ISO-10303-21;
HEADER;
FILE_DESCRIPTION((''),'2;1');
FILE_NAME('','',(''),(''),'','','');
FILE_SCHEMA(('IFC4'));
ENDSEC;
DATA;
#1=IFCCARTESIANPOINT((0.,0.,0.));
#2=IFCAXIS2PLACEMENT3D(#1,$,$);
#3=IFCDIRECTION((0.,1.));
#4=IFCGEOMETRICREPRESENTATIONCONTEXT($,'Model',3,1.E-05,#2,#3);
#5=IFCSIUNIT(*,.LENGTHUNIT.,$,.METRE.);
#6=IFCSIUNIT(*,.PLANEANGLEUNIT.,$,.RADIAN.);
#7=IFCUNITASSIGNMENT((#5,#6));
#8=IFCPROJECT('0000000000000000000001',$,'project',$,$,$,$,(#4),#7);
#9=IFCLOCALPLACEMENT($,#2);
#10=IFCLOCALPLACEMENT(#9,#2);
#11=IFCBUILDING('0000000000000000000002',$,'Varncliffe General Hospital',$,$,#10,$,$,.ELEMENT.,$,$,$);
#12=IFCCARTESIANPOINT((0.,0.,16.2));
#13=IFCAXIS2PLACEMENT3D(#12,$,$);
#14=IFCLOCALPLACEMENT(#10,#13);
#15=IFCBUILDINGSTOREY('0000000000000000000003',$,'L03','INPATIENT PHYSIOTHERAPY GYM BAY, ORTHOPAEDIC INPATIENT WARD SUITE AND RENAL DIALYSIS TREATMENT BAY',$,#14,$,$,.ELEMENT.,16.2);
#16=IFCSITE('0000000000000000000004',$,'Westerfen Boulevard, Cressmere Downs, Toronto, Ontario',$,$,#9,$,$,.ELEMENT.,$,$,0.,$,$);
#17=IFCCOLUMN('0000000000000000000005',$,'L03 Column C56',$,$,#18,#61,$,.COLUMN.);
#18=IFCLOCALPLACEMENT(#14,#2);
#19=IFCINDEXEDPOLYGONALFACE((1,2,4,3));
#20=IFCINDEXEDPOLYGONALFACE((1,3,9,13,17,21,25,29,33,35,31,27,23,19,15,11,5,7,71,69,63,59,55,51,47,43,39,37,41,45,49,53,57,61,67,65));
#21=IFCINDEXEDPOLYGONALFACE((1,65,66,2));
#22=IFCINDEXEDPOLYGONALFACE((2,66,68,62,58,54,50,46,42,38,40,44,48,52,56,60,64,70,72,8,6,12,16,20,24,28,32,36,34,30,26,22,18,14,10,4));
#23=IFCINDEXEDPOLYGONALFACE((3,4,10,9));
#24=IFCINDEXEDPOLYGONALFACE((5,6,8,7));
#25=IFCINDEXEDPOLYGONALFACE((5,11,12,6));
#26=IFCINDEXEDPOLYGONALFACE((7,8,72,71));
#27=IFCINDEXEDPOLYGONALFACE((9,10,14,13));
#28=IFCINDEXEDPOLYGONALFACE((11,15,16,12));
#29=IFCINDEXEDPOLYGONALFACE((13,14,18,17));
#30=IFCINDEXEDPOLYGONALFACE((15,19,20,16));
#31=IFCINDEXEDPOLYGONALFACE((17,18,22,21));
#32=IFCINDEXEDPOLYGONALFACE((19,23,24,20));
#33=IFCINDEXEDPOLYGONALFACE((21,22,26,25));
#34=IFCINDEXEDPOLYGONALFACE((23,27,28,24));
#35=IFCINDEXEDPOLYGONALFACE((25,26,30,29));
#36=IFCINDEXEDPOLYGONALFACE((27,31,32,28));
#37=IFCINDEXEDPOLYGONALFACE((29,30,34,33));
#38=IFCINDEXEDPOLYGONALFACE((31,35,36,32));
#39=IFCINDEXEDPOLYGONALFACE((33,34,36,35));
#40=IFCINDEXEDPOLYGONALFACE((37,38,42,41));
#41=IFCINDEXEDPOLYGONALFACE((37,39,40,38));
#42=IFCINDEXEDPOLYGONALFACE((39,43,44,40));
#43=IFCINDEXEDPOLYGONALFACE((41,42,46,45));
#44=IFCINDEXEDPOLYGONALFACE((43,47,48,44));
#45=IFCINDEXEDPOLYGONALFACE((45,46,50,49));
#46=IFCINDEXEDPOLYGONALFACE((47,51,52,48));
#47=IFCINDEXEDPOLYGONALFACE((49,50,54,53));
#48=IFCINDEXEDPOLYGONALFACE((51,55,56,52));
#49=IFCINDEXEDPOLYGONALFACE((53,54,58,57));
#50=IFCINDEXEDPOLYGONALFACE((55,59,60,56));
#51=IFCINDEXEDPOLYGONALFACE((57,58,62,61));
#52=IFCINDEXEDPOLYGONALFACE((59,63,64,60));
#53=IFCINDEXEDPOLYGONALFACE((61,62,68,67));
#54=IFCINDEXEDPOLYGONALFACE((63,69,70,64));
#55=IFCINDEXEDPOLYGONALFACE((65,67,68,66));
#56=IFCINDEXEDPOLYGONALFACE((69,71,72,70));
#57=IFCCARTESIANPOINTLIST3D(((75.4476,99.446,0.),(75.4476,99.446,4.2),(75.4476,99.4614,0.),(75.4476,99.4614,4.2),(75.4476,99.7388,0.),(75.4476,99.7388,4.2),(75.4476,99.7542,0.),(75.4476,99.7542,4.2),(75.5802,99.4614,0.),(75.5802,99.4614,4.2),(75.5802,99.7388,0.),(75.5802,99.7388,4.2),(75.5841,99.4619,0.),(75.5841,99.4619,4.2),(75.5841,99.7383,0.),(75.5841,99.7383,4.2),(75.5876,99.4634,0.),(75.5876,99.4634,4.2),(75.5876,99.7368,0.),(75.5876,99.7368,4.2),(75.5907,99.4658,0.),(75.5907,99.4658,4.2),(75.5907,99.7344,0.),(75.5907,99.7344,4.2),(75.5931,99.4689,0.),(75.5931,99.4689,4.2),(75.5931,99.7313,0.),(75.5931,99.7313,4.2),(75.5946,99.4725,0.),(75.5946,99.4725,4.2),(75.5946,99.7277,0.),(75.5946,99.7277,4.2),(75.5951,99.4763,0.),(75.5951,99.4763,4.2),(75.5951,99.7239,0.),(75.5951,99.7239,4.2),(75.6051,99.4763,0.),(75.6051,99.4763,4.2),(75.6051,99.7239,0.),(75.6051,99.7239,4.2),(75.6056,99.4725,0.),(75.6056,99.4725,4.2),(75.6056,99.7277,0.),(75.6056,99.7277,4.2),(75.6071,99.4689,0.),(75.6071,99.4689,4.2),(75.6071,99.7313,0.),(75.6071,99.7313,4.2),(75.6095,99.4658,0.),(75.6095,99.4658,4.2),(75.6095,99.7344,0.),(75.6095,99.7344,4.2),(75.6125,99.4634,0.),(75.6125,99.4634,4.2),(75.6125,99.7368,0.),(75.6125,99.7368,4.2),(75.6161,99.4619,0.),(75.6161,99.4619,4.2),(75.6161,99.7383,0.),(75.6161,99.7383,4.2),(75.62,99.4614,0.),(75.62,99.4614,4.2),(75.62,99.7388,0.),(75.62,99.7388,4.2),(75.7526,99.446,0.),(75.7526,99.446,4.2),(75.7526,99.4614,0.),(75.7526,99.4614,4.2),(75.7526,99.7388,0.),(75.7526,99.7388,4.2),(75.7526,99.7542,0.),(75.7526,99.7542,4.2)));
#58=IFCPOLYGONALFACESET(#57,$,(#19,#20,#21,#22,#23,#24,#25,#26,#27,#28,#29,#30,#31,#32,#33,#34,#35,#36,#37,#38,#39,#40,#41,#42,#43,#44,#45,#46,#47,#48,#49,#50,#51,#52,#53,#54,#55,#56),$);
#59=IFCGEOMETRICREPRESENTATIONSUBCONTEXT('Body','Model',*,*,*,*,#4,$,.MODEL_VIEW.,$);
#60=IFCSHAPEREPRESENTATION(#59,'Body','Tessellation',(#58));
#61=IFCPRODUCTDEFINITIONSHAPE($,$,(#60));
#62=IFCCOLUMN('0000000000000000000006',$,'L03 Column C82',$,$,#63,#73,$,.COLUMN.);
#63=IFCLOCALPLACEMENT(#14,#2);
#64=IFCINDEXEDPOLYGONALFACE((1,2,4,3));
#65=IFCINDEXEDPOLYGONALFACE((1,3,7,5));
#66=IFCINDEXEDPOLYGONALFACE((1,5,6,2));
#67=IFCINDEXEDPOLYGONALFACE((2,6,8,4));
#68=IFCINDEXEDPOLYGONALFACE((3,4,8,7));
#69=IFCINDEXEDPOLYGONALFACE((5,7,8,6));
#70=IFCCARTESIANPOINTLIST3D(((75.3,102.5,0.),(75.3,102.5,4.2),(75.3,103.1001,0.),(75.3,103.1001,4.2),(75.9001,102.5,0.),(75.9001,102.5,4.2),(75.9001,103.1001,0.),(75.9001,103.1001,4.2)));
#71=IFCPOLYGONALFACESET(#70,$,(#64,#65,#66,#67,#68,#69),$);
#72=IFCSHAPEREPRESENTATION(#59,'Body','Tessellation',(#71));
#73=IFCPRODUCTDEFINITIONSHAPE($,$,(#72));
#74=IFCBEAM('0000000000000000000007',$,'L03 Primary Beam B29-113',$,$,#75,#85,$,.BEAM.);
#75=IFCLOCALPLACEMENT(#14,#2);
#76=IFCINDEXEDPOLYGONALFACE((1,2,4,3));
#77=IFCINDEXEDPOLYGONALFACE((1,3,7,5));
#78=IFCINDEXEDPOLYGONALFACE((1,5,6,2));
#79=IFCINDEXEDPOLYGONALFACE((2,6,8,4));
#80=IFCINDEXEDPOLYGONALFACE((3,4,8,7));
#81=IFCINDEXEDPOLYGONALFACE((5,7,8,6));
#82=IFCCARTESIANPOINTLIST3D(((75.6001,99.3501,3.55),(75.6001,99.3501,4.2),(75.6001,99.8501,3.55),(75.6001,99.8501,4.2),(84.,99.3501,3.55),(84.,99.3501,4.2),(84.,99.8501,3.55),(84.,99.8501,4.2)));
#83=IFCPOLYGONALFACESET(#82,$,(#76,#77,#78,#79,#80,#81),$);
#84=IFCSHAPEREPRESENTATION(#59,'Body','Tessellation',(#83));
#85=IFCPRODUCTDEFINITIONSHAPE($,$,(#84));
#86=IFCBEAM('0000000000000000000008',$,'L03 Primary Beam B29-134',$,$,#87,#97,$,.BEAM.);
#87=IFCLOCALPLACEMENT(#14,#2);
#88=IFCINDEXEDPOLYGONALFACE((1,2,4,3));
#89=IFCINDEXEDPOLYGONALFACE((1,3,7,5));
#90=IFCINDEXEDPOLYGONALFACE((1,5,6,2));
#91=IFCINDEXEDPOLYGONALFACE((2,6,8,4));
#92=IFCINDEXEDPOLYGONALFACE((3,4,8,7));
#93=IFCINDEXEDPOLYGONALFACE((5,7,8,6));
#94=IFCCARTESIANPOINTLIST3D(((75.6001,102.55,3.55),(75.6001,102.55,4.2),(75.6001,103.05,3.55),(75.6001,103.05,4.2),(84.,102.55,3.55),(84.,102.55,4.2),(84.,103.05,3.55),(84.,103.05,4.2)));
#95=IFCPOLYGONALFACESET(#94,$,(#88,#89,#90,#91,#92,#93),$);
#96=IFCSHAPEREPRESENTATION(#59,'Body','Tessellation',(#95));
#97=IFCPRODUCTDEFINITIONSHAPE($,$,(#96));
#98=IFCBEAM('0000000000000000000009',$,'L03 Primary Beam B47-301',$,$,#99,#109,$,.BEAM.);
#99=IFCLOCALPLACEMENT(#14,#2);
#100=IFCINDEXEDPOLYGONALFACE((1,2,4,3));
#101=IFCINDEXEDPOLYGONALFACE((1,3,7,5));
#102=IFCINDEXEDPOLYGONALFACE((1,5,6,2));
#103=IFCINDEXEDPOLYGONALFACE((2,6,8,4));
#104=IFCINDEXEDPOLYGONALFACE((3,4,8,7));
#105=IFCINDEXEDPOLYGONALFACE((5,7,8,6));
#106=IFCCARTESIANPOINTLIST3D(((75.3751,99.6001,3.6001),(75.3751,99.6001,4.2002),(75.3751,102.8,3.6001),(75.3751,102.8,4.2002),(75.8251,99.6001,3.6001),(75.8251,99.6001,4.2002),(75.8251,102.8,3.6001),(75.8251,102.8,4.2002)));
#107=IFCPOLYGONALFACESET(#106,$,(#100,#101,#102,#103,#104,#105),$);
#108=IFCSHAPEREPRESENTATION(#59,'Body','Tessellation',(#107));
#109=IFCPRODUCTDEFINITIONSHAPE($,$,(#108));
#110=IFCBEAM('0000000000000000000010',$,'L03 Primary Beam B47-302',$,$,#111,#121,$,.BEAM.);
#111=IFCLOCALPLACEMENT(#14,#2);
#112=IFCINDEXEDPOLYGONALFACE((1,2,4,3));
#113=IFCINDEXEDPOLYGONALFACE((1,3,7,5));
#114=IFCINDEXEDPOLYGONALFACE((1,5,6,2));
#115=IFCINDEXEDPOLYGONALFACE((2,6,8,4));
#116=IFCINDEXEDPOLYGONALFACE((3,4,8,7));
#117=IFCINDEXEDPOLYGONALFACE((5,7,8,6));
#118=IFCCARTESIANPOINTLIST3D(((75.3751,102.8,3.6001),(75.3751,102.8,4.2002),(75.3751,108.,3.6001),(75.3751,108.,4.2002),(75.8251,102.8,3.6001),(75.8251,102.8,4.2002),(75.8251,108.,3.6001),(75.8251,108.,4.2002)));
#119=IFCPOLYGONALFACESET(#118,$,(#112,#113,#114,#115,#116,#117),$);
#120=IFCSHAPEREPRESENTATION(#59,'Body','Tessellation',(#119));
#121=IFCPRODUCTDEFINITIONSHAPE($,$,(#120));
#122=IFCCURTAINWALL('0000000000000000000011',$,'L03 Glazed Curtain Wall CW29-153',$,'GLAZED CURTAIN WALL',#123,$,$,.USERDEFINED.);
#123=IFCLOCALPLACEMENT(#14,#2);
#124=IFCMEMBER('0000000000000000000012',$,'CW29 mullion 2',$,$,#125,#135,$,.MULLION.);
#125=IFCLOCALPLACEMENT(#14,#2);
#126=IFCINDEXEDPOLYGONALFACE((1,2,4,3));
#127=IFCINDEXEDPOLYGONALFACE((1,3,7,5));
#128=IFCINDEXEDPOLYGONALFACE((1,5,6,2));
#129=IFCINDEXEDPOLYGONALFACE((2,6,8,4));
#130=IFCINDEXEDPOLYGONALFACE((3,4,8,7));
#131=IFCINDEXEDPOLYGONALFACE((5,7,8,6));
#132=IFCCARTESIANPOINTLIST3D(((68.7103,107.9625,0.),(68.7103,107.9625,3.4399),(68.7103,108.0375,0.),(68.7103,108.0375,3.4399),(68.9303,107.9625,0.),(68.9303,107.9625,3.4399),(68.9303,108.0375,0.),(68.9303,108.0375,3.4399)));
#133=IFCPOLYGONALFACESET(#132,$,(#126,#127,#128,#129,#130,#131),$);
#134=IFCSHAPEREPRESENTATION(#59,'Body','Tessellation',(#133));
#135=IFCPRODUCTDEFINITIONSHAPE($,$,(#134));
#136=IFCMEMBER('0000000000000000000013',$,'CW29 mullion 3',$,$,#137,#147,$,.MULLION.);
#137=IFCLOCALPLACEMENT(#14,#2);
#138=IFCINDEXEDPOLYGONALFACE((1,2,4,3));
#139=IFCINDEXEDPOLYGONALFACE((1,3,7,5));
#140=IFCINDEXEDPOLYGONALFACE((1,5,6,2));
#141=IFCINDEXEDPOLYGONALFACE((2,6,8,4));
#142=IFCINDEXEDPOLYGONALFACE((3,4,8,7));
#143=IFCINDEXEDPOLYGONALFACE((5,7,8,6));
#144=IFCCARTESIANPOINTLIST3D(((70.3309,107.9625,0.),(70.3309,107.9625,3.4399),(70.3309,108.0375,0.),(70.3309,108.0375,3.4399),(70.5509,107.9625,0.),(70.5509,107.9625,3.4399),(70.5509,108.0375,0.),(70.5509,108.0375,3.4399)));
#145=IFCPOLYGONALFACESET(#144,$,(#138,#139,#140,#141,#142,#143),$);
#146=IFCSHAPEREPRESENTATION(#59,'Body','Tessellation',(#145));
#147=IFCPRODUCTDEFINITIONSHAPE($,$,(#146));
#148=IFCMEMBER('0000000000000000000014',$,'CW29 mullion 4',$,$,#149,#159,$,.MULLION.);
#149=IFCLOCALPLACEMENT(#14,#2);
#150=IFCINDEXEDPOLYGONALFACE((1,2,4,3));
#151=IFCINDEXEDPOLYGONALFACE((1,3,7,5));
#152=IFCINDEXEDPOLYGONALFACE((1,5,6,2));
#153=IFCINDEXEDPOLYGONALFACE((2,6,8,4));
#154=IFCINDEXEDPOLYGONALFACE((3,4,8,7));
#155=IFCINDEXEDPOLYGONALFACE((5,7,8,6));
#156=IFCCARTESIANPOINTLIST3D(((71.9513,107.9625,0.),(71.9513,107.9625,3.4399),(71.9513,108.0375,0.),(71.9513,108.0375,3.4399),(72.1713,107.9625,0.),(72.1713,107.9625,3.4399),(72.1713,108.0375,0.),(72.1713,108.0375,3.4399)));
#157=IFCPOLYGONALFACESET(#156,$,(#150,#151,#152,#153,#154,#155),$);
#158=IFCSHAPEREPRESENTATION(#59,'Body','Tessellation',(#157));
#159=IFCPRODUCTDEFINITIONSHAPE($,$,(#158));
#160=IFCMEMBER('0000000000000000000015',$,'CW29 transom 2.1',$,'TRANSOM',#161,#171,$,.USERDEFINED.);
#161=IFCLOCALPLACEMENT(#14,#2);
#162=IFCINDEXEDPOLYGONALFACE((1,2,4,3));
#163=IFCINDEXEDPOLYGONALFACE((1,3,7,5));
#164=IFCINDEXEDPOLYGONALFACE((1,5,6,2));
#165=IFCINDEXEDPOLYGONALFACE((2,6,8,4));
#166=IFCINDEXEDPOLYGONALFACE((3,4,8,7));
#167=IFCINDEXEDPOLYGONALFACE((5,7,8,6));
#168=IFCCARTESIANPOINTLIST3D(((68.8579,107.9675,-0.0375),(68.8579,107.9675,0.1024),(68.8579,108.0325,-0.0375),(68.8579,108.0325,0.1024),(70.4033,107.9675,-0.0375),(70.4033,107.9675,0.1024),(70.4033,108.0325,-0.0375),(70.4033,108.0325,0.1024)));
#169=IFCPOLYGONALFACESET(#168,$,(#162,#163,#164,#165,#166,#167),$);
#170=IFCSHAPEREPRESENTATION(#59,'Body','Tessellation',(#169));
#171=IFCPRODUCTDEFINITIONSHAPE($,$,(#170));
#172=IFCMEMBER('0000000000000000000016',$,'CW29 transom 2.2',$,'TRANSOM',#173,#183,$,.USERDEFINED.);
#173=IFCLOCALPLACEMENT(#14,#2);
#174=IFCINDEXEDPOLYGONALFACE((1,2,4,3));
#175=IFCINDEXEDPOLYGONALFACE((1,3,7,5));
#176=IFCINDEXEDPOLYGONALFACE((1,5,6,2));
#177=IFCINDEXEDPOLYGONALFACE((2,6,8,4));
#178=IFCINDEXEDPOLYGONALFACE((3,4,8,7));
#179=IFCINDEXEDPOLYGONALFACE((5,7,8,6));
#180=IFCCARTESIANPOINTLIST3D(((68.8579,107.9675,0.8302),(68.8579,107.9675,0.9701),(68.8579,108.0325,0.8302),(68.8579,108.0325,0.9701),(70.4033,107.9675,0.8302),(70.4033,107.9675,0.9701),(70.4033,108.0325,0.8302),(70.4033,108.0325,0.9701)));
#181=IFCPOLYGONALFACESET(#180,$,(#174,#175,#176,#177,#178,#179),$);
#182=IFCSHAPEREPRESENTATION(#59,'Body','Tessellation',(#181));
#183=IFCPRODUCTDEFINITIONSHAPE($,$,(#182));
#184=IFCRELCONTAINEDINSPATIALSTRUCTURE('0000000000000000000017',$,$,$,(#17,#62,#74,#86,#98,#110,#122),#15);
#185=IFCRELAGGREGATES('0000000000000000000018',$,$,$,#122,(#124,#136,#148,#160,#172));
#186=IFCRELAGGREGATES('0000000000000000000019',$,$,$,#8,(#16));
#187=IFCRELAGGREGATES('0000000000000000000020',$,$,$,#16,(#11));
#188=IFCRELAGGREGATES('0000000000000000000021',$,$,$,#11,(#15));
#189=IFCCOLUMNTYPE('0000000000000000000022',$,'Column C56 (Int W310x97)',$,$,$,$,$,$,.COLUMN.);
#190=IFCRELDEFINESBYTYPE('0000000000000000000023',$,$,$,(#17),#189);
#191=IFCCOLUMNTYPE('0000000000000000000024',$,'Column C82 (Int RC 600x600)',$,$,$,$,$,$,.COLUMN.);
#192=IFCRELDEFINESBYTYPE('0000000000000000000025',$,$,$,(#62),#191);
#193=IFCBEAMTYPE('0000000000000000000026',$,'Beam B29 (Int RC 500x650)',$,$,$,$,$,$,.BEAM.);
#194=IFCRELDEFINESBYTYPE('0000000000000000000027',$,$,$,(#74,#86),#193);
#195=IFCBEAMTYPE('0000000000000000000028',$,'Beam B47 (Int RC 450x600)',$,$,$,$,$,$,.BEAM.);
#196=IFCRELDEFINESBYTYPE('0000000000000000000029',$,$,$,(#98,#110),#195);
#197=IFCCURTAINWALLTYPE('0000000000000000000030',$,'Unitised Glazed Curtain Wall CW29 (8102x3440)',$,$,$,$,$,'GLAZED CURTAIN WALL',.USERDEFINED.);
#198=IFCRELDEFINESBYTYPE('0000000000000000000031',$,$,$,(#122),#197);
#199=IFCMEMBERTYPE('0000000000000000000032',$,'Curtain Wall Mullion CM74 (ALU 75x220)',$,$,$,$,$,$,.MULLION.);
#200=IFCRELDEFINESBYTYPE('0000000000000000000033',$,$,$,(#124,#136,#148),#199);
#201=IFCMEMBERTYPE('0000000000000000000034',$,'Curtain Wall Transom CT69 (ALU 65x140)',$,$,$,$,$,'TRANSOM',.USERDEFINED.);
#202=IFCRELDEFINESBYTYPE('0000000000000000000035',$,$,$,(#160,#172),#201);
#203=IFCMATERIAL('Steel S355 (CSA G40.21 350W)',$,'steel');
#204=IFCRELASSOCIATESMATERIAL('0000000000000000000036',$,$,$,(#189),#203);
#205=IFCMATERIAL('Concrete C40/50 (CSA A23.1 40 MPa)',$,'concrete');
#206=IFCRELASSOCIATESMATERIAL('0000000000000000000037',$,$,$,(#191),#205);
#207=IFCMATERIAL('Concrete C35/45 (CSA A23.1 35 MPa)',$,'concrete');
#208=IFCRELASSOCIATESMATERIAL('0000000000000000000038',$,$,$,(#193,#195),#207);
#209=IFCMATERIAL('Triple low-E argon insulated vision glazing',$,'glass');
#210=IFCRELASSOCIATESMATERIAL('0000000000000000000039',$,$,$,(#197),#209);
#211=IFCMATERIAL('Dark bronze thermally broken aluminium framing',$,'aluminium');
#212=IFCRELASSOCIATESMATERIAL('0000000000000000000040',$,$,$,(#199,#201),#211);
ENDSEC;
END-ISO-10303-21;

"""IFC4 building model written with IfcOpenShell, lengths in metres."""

from ifc_helpers import new_model, si_unit, direction, frame, origin, origin_2d, place, context, subcontext, project, spatial, rectangle, i_section, extrude, material, material_profile, profile_set, type_object, element, aggregate, save


model = new_model("IFC4")

# Units and contexts
model_context = context("Model", 3, precision=1e-05, world=origin(), true_north=direction((0.0, 1.0)))
body_context = subcontext(model_context, "Body", "Model", "MODEL_VIEW")
ifc_project = project(units=[si_unit("LENGTHUNIT", "METRE"), si_unit("PLANEANGLEUNIT", "RADIAN")], contexts=[model_context])

# Site, building, storey
site_placement = place(None, origin())
site = spatial("IfcSite", under=ifc_project, at=site_placement, Name="Westerfen Boulevard, Cressmere Downs, Toronto, Ontario", CompositionType="ELEMENT", RefElevation=0.0)
building_placement = place(site_placement, origin())
building = spatial("IfcBuilding", under=site, at=building_placement, Name="Varncliffe General Hospital", CompositionType="ELEMENT")
storey_placement = place(building_placement, frame((0.0, 0.0, 16.2)))
storey = spatial("IfcBuildingStorey", under=building, at=storey_placement, Name="L03", Description="INPATIENT PHYSIOTHERAPY GYM BAY, ORTHOPAEDIC INPATIENT WARD SUITE AND RENAL DIALYSIS TREATMENT BAY", CompositionType="ELEMENT", Elevation=16.2)

# Columns
ifc_material_1 = material(Name="Steel S355 (CSA G40.21 350W)", Category="steel")
ifc_material_profile_1 = material_profile(ifc_material_1, i_section(OverallWidth=0.3049, OverallDepth=0.3081, WebThickness=0.01, FlangeThickness=0.0154, FilletRadius=0.0149, at=origin_2d()), Name="W310x97")
ifc_profile_set_1 = profile_set([ifc_material_profile_1], Name="Steel S355 (CSA G40.21 350W)")
column_type_1 = type_object("IfcColumnType", Name="Column C56 (Int W310x97)", PredefinedType="COLUMN", material=ifc_profile_set_1)
column_1_placement = place(storey_placement, frame((75.6001, 99.6001, 0.0), z_axis=(0.0, 0.0, 1.0), x_axis=(1.0, 0.0, 0.0)))
element("IfcColumn", 1, at=column_1_placement, inside=storey, type_object=column_type_1, Name="L03 Column C56", PredefinedType="COLUMN", context=body_context, shape_type="SweptSolid", body=[
    extrude(i_section(OverallWidth=0.3049, OverallDepth=0.3081, WebThickness=0.01, FlangeThickness=0.0154, FilletRadius=0.0149, at=origin_2d()), origin(), (0.0, 0.0, 1.0), 4.2),
])
ifc_material_2 = material(Name="Concrete C40/50 (CSA A23.1 40 MPa)", Category="concrete")
ifc_material_profile_2 = material_profile(ifc_material_2, rectangle(XDim=0.6001, YDim=0.6001, at=origin_2d()), Name="RC 600x600")
ifc_profile_set_2 = profile_set([ifc_material_profile_2], Name="Concrete C40/50 (CSA A23.1 40 MPa)")
column_type_2 = type_object("IfcColumnType", Name="Column C82 (Int RC 600x600)", PredefinedType="COLUMN", material=ifc_profile_set_2)
column_2_placement = place(storey_placement, frame((75.6001, 102.8, 0.0), z_axis=(0.0, 0.0, 1.0), x_axis=(1.0, 0.0, 0.0)))
element("IfcColumn", 2, at=column_2_placement, inside=storey, type_object=column_type_2, Name="L03 Column C82", PredefinedType="COLUMN", context=body_context, shape_type="SweptSolid", body=[
    extrude(rectangle(XDim=0.6001, YDim=0.6001, at=origin_2d()), origin(), (0.0, 0.0, 1.0), 4.2),
])

# Beams
ifc_material_3 = material(Name="Concrete C35/45 (CSA A23.1 35 MPa)", Category="concrete")
ifc_material_profile_3 = material_profile(ifc_material_3, rectangle(XDim=0.5, YDim=0.6499, at=origin_2d()), Name="RC 500x650")
ifc_profile_set_3 = profile_set([ifc_material_profile_3], Name="Concrete C35/45 (CSA A23.1 35 MPa)")
beam_type_1 = type_object("IfcBeamType", Name="Beam B29 (Int RC 500x650)", PredefinedType="BEAM", material=ifc_profile_set_3)
for number, where, z_axis, x_axis, name in (
    (3, (75.6001, 99.6001, 3.875), (1.0, 0.0, 0.0), (0.0, 1.0, 0.0), "L03 Primary Beam B29-113"),
    (4, (75.6001, 102.8, 3.875), (1.0, 0.0, 0.0), (0.0, 1.0, 0.0), "L03 Primary Beam B29-134"),
):
    element("IfcBeam", number, at=place(storey_placement, frame(where, z_axis=z_axis, x_axis=x_axis)), inside=storey, type_object=beam_type_1, Name=name, PredefinedType="BEAM", context=body_context, shape_type="SweptSolid", body=[
        extrude(rectangle(XDim=0.5, YDim=0.6499, at=origin_2d()), origin(), (0.0, 0.0, 1.0), 8.3999),
    ])
ifc_material_profile_4 = material_profile(ifc_material_3, rectangle(XDim=0.45, YDim=0.6001, at=origin_2d()), Name="RC 450x600")
ifc_profile_set_4 = profile_set([ifc_material_profile_4], Name="Concrete C35/45 (CSA A23.1 35 MPa)")
beam_type_2 = type_object("IfcBeamType", Name="Beam B47 (Int RC 450x600)", PredefinedType="BEAM", material=ifc_profile_set_4)
beam_1_placement = place(storey_placement, frame((75.6001, 99.6001, 3.9001), z_axis=(0.0, 1.0, 0.0), x_axis=(-1.0, 0.0, 0.0)))
element("IfcBeam", 5, at=beam_1_placement, inside=storey, type_object=beam_type_2, Name="L03 Primary Beam B47-301", PredefinedType="BEAM", context=body_context, shape_type="SweptSolid", body=[
    extrude(rectangle(XDim=0.45, YDim=0.6001, at=origin_2d()), origin(), (0.0, 0.0, 1.0), 3.2),
])
beam_2_placement = place(storey_placement, frame((75.6001, 102.8, 3.9001), z_axis=(0.0, 1.0, 0.0), x_axis=(-1.0, 0.0, 0.0)))
element("IfcBeam", 6, at=beam_2_placement, inside=storey, type_object=beam_type_2, Name="L03 Primary Beam B47-302", PredefinedType="BEAM", context=body_context, shape_type="SweptSolid", body=[
    extrude(rectangle(XDim=0.45, YDim=0.6001, at=origin_2d()), origin(), (0.0, 0.0, 1.0), 5.2),
])

# Curtain wall, members
ifc_material_4 = material(Name="Triple low-E argon insulated vision glazing", Category="glass")
curtain_wall_type = type_object("IfcCurtainWallType", Name="Unitised Glazed Curtain Wall CW29 (8102x3440)", ElementType="GLAZED CURTAIN WALL", PredefinedType="USERDEFINED", material=ifc_material_4)
curtain_wall_placement = place(storey_placement, origin())
curtain_wall = element("IfcCurtainWall", 7, at=curtain_wall_placement, inside=storey, type_object=curtain_wall_type, Name="L03 Glazed Curtain Wall CW29-153", ObjectType="GLAZED CURTAIN WALL", PredefinedType="USERDEFINED")
ifc_material_5 = material(Name="Dark bronze thermally broken aluminium framing", Category="aluminium")
ifc_material_profile_5 = material_profile(ifc_material_5, rectangle(XDim=0.075, YDim=0.22, at=origin_2d()), Name="ALU 75x220")
ifc_profile_set_5 = profile_set([ifc_material_profile_5], Name="Dark bronze thermally broken aluminium framing")
member_type_1 = type_object("IfcMemberType", Name="Curtain Wall Mullion CM74 (ALU 75x220)", PredefinedType="MULLION", material=ifc_profile_set_5)
member_1_placement = place(storey_placement, frame((68.8203, 108.0, 0.0), z_axis=(0.0, 0.0, 1.0), x_axis=(0.0, 1.0, 0.0)))
member_1 = element("IfcMember", 8, at=member_1_placement, type_object=member_type_1, Name="CW29 mullion 2", PredefinedType="MULLION", context=body_context, shape_type="SweptSolid", body=[
    extrude(rectangle(XDim=0.075, YDim=0.22, at=origin_2d()), origin(), (0.0, 0.0, 1.0), 3.4399),
])
member_2_placement = place(storey_placement, frame((70.4409, 108.0, 0.0), z_axis=(0.0, 0.0, 1.0), x_axis=(0.0, 1.0, 0.0)))
member_2 = element("IfcMember", 9, at=member_2_placement, type_object=member_type_1, Name="CW29 mullion 3", PredefinedType="MULLION", context=body_context, shape_type="SweptSolid", body=[
    extrude(rectangle(XDim=0.075, YDim=0.22, at=origin_2d()), origin(), (0.0, 0.0, 1.0), 3.4399),
])
member_3_placement = place(storey_placement, frame((72.0613, 108.0, 0.0), z_axis=(0.0, 0.0, 1.0), x_axis=(0.0, 1.0, 0.0)))
member_3 = element("IfcMember", 10, at=member_3_placement, type_object=member_type_1, Name="CW29 mullion 4", PredefinedType="MULLION", context=body_context, shape_type="SweptSolid", body=[
    extrude(rectangle(XDim=0.075, YDim=0.22, at=origin_2d()), origin(), (0.0, 0.0, 1.0), 3.4399),
])
ifc_material_profile_6 = material_profile(ifc_material_5, rectangle(XDim=0.0649, YDim=0.1399, at=origin_2d()), Name="ALU 65x140")
ifc_profile_set_6 = profile_set([ifc_material_profile_6], Name="Dark bronze thermally broken aluminium framing")
member_type_2 = type_object("IfcMemberType", Name="Curtain Wall Transom CT69 (ALU 65x140)", ElementType="TRANSOM", PredefinedType="USERDEFINED", material=ifc_profile_set_6)
member_4_placement = place(storey_placement, frame((68.8579, 108.0, 0.0325), z_axis=(1.0, 0.0, 0.0), x_axis=(0.0, 1.0, 0.0)))
member_4 = element("IfcMember", 11, at=member_4_placement, type_object=member_type_2, Name="CW29 transom 2.1", ObjectType="TRANSOM", PredefinedType="USERDEFINED", context=body_context, shape_type="SweptSolid", body=[
    extrude(rectangle(XDim=0.0649, YDim=0.1399, at=origin_2d()), origin(), (0.0, 0.0, 1.0), 1.5454),
])
member_5_placement = place(storey_placement, frame((68.8579, 108.0, 0.9001), z_axis=(1.0, 0.0, 0.0), x_axis=(0.0, 1.0, 0.0)))
member_5 = element("IfcMember", 12, at=member_5_placement, type_object=member_type_2, Name="CW29 transom 2.2", ObjectType="TRANSOM", PredefinedType="USERDEFINED", context=body_context, shape_type="SweptSolid", body=[
    extrude(rectangle(XDim=0.0649, YDim=0.1399, at=origin_2d()), origin(), (0.0, 0.0, 1.0), 1.5454),
])
aggregate(curtain_wall, [member_1, member_2, member_3, member_4, member_5])

save(model, "model.ifc")
